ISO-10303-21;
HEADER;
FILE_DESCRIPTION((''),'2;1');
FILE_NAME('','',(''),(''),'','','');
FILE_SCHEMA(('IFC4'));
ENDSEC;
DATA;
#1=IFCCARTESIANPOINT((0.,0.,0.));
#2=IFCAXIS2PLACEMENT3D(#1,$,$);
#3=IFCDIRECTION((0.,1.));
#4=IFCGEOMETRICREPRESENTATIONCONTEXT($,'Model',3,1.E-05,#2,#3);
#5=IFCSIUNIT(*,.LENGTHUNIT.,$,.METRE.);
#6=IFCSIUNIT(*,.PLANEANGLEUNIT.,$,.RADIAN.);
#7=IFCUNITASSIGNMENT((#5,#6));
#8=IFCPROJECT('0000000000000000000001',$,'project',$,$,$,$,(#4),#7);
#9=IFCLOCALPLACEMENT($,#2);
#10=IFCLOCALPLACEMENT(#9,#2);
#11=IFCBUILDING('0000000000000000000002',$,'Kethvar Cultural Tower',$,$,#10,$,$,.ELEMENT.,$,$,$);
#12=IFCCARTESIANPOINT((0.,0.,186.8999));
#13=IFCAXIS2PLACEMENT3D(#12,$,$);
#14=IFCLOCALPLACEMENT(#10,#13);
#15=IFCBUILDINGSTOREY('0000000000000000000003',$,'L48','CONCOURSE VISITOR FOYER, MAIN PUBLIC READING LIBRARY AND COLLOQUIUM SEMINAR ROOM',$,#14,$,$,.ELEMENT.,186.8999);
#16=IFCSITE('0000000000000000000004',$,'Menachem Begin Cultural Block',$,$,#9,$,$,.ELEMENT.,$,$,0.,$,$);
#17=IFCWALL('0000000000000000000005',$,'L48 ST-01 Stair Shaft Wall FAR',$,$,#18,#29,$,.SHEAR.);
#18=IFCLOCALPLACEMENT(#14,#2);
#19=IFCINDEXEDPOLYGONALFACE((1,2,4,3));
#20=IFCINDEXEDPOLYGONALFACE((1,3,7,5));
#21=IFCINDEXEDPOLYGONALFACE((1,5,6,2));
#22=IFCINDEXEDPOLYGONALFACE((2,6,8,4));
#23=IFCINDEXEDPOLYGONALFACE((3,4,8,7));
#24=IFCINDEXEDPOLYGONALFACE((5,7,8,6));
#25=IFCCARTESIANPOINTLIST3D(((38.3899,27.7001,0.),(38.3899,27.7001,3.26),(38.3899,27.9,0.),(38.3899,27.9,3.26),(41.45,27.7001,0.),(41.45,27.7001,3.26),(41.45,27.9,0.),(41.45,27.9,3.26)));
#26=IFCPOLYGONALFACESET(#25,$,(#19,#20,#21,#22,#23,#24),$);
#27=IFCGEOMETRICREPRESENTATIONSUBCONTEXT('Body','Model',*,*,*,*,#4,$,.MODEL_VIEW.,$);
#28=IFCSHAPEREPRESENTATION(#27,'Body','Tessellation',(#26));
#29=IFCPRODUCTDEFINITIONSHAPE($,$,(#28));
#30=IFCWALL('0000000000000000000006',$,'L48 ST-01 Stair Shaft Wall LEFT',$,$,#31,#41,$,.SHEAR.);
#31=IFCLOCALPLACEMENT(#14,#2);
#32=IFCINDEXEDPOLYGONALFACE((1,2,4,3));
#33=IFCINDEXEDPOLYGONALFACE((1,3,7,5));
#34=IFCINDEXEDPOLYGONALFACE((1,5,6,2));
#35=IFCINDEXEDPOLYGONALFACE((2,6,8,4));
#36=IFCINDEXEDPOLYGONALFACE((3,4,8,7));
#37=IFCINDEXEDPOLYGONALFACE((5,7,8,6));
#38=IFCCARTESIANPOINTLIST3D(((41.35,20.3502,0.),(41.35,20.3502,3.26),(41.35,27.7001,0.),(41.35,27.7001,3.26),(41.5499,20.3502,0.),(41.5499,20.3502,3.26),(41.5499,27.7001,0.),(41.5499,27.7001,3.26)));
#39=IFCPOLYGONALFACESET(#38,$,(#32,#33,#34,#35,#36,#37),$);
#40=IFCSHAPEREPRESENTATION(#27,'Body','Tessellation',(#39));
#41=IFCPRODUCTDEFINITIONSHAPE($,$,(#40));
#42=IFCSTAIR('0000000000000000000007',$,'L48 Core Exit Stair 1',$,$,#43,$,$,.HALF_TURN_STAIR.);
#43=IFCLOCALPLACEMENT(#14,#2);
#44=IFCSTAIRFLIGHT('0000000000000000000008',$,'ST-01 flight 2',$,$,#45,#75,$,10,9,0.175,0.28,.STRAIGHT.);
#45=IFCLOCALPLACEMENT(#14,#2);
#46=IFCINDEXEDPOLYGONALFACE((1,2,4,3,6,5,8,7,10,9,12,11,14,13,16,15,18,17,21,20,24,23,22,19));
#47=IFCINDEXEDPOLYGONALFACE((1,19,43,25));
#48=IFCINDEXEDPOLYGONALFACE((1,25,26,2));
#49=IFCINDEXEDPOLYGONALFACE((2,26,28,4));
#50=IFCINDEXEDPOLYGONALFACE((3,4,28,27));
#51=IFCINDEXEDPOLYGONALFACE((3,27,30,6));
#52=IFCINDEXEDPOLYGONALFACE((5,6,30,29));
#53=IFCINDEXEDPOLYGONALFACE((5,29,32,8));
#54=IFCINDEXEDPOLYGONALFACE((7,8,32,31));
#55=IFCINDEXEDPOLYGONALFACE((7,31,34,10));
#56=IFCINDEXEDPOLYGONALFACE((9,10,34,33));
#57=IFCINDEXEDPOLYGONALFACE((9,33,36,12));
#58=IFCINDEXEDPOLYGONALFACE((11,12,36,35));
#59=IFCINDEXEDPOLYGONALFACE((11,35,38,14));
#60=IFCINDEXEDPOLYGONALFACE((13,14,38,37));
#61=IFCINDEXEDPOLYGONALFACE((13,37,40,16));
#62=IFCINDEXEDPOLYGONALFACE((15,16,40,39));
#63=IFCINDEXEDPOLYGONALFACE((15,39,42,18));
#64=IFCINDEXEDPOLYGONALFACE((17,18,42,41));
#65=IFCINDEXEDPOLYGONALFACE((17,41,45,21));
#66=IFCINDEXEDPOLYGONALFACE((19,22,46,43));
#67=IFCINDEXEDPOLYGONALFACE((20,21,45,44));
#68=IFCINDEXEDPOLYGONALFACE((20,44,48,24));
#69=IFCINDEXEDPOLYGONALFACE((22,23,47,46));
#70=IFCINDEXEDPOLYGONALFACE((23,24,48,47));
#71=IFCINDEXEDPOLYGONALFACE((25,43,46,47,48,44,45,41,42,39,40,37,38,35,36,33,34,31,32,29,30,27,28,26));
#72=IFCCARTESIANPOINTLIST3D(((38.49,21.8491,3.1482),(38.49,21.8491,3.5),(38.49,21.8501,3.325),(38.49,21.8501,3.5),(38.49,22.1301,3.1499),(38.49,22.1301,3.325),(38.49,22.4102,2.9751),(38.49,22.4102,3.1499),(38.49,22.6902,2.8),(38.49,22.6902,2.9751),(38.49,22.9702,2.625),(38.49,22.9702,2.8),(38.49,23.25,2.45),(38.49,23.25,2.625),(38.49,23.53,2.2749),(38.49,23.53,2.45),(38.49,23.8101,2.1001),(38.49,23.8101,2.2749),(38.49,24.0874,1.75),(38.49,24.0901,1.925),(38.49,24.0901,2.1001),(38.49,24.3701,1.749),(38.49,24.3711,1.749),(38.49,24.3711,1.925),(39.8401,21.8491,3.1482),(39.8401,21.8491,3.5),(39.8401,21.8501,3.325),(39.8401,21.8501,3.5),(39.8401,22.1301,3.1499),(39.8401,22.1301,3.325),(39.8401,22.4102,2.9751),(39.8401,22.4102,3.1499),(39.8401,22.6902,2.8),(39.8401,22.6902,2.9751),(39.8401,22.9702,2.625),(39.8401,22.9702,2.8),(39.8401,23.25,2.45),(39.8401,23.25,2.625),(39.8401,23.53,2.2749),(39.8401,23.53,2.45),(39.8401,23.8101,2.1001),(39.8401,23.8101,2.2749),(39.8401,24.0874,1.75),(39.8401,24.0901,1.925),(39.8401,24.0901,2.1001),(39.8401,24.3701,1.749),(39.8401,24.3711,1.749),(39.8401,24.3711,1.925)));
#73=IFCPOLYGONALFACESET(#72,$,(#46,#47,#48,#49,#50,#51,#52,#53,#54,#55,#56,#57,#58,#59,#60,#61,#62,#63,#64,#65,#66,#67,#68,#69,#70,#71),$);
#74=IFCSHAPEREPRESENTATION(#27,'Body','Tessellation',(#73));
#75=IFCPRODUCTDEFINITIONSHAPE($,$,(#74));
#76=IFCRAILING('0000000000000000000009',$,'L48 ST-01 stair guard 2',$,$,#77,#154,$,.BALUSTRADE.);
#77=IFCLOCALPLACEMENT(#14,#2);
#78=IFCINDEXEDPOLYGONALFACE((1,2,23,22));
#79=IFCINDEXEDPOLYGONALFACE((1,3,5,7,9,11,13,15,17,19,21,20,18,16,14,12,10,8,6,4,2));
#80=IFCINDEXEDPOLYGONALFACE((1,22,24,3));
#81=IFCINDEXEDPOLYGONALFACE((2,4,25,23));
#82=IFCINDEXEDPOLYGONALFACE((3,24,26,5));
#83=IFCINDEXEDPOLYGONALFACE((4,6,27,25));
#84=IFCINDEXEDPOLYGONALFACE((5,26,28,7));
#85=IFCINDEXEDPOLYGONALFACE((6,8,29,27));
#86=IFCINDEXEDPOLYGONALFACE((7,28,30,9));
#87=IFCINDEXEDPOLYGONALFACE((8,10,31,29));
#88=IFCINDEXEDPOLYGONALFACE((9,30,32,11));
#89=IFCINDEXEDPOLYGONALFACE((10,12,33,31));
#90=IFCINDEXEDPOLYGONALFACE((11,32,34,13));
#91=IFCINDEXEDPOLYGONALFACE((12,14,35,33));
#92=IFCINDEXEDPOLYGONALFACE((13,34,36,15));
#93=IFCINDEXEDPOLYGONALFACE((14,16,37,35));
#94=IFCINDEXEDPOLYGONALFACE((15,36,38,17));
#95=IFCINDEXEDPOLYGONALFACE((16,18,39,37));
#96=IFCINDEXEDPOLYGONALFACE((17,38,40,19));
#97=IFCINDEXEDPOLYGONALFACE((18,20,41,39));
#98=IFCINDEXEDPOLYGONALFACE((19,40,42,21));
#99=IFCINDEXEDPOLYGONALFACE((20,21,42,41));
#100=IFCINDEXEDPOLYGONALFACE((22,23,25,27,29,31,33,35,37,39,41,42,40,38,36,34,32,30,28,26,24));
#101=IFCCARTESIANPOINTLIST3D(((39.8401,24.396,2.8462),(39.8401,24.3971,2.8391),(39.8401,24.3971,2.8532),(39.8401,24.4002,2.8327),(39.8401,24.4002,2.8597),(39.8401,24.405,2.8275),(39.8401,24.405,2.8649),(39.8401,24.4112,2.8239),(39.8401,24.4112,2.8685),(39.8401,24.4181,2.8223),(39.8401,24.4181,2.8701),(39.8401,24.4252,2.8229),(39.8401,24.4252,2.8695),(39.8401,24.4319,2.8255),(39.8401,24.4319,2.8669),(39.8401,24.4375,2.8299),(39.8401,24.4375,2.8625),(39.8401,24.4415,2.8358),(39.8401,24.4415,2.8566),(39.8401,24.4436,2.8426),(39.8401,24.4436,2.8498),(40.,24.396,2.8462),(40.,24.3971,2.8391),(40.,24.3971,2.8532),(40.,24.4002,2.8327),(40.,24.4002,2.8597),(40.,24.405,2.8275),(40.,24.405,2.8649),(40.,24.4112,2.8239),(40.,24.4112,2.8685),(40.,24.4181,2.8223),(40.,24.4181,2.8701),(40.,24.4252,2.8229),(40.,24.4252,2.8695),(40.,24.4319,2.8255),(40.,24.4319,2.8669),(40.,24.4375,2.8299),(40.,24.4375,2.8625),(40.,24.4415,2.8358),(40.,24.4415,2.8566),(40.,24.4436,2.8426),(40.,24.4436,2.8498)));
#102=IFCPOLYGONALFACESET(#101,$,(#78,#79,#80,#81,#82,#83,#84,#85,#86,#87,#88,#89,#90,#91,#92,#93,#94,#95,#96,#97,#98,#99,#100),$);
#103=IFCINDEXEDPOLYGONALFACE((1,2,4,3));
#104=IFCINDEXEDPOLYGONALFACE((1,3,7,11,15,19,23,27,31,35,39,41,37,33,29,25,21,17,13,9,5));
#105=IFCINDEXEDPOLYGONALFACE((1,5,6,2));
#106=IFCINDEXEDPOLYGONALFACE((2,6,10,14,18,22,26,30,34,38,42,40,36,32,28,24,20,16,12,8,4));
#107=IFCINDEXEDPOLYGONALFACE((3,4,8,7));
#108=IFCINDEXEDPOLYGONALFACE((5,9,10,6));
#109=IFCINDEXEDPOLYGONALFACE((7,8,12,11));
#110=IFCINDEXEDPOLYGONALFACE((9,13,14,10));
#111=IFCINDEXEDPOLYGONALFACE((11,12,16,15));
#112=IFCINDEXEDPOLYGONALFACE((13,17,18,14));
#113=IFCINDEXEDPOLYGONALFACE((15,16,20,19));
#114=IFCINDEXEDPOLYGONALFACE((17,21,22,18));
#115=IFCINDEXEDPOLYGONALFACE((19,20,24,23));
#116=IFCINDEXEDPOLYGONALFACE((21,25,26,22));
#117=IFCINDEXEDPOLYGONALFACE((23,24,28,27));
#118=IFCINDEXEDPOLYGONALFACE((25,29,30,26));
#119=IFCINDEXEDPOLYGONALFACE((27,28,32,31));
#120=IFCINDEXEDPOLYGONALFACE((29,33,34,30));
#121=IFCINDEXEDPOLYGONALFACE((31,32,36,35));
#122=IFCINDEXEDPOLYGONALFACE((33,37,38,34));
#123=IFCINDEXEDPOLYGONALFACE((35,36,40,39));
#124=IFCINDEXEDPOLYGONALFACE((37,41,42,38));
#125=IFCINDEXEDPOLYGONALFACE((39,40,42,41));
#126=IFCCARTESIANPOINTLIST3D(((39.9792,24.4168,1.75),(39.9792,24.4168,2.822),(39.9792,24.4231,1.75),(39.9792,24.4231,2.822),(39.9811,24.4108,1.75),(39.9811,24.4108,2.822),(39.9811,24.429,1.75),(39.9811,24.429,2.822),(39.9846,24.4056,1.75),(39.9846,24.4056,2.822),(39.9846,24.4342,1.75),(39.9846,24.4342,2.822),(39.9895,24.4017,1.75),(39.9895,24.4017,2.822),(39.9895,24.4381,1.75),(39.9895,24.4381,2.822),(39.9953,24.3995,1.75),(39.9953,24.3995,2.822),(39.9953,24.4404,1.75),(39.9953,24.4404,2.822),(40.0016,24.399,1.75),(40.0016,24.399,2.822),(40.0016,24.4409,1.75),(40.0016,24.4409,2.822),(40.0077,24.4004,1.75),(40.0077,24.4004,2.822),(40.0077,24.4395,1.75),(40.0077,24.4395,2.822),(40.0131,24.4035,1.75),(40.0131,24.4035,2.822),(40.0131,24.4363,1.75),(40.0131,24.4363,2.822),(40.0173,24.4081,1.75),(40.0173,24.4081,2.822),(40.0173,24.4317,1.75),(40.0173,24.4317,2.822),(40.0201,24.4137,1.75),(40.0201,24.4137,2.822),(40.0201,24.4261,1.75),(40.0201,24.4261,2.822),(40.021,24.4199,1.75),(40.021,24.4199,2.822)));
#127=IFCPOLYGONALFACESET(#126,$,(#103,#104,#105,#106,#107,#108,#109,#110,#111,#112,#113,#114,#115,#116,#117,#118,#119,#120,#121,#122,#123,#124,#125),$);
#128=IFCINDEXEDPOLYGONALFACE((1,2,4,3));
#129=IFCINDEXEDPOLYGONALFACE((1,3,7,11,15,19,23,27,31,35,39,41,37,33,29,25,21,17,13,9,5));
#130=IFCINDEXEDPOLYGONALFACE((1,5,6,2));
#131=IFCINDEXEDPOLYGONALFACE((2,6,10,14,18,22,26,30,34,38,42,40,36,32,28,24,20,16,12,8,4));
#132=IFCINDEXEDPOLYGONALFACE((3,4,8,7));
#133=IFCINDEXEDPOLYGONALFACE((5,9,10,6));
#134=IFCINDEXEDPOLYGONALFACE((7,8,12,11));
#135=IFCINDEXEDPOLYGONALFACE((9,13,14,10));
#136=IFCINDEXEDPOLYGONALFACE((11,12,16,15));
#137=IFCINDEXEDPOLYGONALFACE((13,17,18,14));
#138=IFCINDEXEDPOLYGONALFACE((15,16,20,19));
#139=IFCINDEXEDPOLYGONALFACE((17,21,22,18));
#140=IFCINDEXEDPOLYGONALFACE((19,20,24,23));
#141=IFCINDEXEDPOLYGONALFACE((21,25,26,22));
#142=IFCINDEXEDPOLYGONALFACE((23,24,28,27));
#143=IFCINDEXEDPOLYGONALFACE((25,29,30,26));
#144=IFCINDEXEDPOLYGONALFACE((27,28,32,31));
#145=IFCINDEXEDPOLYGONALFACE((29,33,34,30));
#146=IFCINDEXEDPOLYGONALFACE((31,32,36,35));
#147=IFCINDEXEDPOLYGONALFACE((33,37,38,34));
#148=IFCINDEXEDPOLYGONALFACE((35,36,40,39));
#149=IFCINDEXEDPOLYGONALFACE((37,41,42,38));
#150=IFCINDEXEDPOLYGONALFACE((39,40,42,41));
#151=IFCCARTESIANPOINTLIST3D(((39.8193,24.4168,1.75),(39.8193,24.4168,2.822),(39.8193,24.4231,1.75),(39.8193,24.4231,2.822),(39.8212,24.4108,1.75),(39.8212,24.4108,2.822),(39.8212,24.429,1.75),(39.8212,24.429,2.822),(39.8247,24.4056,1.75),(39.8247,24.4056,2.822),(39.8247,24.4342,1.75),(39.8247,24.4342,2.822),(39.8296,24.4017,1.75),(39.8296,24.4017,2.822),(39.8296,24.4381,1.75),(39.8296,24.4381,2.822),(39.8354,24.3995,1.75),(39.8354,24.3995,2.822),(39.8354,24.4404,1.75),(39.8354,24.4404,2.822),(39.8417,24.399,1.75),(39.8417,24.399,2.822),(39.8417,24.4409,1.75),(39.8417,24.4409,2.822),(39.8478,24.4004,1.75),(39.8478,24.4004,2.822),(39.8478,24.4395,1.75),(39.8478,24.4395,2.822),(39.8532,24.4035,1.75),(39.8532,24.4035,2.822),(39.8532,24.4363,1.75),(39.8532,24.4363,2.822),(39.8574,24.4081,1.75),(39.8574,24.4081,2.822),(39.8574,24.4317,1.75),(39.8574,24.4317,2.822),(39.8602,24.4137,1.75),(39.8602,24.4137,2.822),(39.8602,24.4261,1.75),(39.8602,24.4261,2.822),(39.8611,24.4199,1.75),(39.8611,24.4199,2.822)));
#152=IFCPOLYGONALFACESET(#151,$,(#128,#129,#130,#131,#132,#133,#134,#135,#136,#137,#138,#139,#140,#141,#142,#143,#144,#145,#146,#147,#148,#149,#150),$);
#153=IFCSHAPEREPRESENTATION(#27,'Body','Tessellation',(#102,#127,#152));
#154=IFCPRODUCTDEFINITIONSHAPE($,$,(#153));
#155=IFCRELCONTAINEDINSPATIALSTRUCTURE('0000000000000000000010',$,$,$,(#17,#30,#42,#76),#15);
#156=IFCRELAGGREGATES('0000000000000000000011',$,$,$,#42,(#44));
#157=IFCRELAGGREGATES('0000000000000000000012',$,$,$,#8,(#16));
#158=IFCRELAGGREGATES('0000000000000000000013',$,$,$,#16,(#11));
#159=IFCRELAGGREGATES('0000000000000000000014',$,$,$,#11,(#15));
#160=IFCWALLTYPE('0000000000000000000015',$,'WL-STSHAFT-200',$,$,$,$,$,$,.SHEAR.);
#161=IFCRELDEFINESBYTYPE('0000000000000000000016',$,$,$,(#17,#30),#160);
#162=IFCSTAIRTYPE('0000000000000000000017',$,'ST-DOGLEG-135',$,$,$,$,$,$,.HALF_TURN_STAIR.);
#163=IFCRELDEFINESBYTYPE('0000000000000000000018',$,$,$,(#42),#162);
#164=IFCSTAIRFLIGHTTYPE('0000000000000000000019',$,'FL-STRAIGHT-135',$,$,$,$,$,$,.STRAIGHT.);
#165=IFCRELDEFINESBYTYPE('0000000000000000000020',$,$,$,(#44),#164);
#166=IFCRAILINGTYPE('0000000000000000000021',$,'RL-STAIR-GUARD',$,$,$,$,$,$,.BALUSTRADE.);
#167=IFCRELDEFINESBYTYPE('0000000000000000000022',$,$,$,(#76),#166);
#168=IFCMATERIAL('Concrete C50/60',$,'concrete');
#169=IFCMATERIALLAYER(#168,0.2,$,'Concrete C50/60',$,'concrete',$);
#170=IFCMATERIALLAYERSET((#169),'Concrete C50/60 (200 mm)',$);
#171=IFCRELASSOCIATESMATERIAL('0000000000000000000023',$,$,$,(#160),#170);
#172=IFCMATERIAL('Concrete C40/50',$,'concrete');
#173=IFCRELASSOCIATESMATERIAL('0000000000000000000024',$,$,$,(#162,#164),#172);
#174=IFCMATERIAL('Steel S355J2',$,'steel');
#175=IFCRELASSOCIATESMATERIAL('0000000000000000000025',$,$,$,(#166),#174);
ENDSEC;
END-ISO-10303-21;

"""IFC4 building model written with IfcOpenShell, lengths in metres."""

from ifc_helpers import new_model, si_unit, direction, frame, frame_2d, origin, origin_2d, place, context, subcontext, project, spatial, polyline, rectangle, circle, outline, extrude, material, layer, layer_set, type_object, element, aggregate, save


model = new_model("IFC4")

# Units and contexts
model_context = context("Model", 3, precision=1e-05, world=origin(), true_north=direction((0.0, 1.0)))
body_context = subcontext(model_context, "Body", "Model", "MODEL_VIEW")
ifc_project = project(units=[si_unit("LENGTHUNIT", "METRE"), si_unit("PLANEANGLEUNIT", "RADIAN")], contexts=[model_context])

# Site, building, storey
site_placement = place(None, origin())
site = spatial("IfcSite", under=ifc_project, at=site_placement, Name="Menachem Begin Cultural Block", CompositionType="ELEMENT", RefElevation=0.0)
building_placement = place(site_placement, origin())
building = spatial("IfcBuilding", under=site, at=building_placement, Name="Kethvar Cultural Tower", CompositionType="ELEMENT")
storey_placement = place(building_placement, frame((0.0, 0.0, 186.8999)))
storey = spatial("IfcBuildingStorey", under=building, at=storey_placement, Name="L48", Description="CONCOURSE VISITOR FOYER, MAIN PUBLIC READING LIBRARY AND COLLOQUIUM SEMINAR ROOM", CompositionType="ELEMENT", Elevation=186.8999)

# Shared definitions
ifc_material_1 = material(Name="Steel S355J2", Category="steel")

# Shared definitions
ifc_material_2 = material(Name="Concrete C40/50", Category="concrete")

# Shared definitions
ifc_material_3 = material(Name="Concrete C50/60", Category="concrete")

# Walls
ifc_layer_1 = layer(ifc_material_3, 0.2, Name="Concrete C50/60", Category="concrete")
ifc_layer_set_1 = layer_set([ifc_layer_1], Name="Concrete C50/60 (200 mm)")
wall_type_1 = type_object("IfcWallType", Name="WL-STSHAFT-200", PredefinedType="SHEAR", material=ifc_layer_set_1)
wall_1_placement = place(storey_placement, frame((38.3899, 27.8, 0.0), z_axis=(0.0, 0.0, 1.0), x_axis=(1.0, 0.0, 0.0)))
element("IfcWall", 1, at=wall_1_placement, inside=storey, type_object=wall_type_1, Name="L48 ST-01 Stair Shaft Wall FAR", PredefinedType="SHEAR", context=body_context, shape_type="SweptSolid", body=[
    extrude(rectangle(XDim=3.0601, YDim=0.2, at=frame_2d((1.53, 0.0))), origin(), (0.0, 0.0, 1.0), 3.26),
])
wall_2_placement = place(storey_placement, frame((41.45, 27.7, 0.0), z_axis=(0.0, 0.0, 1.0), x_axis=(0.0, -1.0, 0.0)))
element("IfcWall", 2, at=wall_2_placement, inside=storey, type_object=wall_type_1, Name="L48 ST-01 Stair Shaft Wall LEFT", PredefinedType="SHEAR", context=body_context, shape_type="SweptSolid", body=[
    extrude(rectangle(XDim=7.3499, YDim=0.2, at=frame_2d((3.6748, 0.0))), origin(), (0.0, 0.0, 1.0), 3.26),
])

# Stair, stair flight
stair_type = type_object("IfcStairType", Name="ST-DOGLEG-135", PredefinedType="HALF_TURN_STAIR", material=ifc_material_2)
stair_placement = place(storey_placement, origin())
stair = element("IfcStair", 3, at=stair_placement, inside=storey, type_object=stair_type, Name="L48 Core Exit Stair 1", PredefinedType="HALF_TURN_STAIR")
stair_flight_type = type_object("IfcStairFlightType", Name="FL-STRAIGHT-135", PredefinedType="STRAIGHT", material=ifc_material_2)
stair_flight_placement = place(storey_placement, frame((39.165, 24.3701, 1.75), z_axis=(0.0, 0.0, 1.0), x_axis=(0.0, -1.0, 0.0)))
stair_flight = element("IfcStairFlight", 4, at=stair_flight_placement, type_object=stair_flight_type, Name="ST-01 flight 2", NumberOfRisers=10, NumberOfTreads=9, PredefinedType="STRAIGHT", RiserHeight=0.175, TreadLength=0.28, context=body_context, shape_type="SweptSolid", body=[
    extrude(outline(polyline([(-0.001, -0.001), (-0.001, 0.175), (0.28, 0.175), (0.28, 0.3501), (0.5601, 0.3501), (0.5601, 0.5249), (0.8401, 0.5249), (0.8401, 0.7), (1.1201, 0.7), (1.1201, 0.875), (1.3999, 0.875), (1.3999, 1.05), (1.6799, 1.05), (1.6799, 1.2251), (1.96, 1.2251), (1.96, 1.3999), (2.24, 1.3999), (2.24, 1.575), (2.52, 1.575), (2.52, 1.75), (2.521, 1.75), (2.521, 1.3982), (0.2827, 0.0), (0.0, -0.001), (-0.001, -0.001)])), frame((0.0, 0.675, 0.0), z_axis=(0.0, -1.0, 0.0), x_axis=(1.0, 0.0, 0.0)), (0.0, 0.0, 1.0), 1.3501),
])
aggregate(stair, [stair_flight])

# Railing
railing_type_1 = type_object("IfcRailingType", Name="RL-STAIR-GUARD", PredefinedType="BALUSTRADE", material=ifc_material_1)
railing_1_placement = place(storey_placement, frame((40.0, 24.4199, 1.75)))
element("IfcRailing", 5, at=railing_1_placement, inside=storey, type_object=railing_type_1, Name="L48 ST-01 stair guard 2", PredefinedType="BALUSTRADE", context=body_context, shape_type="SweptSolid", body=[
    extrude(circle(Radius=0.0239, at=origin_2d()), frame((0.0, 0.0, 1.0962), z_axis=(-1.0, 0.0, 0.0), x_axis=(0.0, -1.0, 0.0)), (0.0, 0.0, 1.0), 0.1599),
    extrude(circle(Radius=0.021, at=origin_2d()), origin(), (0.0, 0.0, 1.0), 1.072),
    extrude(circle(Radius=0.021, at=origin_2d()), frame((-0.1599, 0.0, 0.0)), (0.0, 0.0, 1.0), 1.072),
])

save(model, "model.ifc")
